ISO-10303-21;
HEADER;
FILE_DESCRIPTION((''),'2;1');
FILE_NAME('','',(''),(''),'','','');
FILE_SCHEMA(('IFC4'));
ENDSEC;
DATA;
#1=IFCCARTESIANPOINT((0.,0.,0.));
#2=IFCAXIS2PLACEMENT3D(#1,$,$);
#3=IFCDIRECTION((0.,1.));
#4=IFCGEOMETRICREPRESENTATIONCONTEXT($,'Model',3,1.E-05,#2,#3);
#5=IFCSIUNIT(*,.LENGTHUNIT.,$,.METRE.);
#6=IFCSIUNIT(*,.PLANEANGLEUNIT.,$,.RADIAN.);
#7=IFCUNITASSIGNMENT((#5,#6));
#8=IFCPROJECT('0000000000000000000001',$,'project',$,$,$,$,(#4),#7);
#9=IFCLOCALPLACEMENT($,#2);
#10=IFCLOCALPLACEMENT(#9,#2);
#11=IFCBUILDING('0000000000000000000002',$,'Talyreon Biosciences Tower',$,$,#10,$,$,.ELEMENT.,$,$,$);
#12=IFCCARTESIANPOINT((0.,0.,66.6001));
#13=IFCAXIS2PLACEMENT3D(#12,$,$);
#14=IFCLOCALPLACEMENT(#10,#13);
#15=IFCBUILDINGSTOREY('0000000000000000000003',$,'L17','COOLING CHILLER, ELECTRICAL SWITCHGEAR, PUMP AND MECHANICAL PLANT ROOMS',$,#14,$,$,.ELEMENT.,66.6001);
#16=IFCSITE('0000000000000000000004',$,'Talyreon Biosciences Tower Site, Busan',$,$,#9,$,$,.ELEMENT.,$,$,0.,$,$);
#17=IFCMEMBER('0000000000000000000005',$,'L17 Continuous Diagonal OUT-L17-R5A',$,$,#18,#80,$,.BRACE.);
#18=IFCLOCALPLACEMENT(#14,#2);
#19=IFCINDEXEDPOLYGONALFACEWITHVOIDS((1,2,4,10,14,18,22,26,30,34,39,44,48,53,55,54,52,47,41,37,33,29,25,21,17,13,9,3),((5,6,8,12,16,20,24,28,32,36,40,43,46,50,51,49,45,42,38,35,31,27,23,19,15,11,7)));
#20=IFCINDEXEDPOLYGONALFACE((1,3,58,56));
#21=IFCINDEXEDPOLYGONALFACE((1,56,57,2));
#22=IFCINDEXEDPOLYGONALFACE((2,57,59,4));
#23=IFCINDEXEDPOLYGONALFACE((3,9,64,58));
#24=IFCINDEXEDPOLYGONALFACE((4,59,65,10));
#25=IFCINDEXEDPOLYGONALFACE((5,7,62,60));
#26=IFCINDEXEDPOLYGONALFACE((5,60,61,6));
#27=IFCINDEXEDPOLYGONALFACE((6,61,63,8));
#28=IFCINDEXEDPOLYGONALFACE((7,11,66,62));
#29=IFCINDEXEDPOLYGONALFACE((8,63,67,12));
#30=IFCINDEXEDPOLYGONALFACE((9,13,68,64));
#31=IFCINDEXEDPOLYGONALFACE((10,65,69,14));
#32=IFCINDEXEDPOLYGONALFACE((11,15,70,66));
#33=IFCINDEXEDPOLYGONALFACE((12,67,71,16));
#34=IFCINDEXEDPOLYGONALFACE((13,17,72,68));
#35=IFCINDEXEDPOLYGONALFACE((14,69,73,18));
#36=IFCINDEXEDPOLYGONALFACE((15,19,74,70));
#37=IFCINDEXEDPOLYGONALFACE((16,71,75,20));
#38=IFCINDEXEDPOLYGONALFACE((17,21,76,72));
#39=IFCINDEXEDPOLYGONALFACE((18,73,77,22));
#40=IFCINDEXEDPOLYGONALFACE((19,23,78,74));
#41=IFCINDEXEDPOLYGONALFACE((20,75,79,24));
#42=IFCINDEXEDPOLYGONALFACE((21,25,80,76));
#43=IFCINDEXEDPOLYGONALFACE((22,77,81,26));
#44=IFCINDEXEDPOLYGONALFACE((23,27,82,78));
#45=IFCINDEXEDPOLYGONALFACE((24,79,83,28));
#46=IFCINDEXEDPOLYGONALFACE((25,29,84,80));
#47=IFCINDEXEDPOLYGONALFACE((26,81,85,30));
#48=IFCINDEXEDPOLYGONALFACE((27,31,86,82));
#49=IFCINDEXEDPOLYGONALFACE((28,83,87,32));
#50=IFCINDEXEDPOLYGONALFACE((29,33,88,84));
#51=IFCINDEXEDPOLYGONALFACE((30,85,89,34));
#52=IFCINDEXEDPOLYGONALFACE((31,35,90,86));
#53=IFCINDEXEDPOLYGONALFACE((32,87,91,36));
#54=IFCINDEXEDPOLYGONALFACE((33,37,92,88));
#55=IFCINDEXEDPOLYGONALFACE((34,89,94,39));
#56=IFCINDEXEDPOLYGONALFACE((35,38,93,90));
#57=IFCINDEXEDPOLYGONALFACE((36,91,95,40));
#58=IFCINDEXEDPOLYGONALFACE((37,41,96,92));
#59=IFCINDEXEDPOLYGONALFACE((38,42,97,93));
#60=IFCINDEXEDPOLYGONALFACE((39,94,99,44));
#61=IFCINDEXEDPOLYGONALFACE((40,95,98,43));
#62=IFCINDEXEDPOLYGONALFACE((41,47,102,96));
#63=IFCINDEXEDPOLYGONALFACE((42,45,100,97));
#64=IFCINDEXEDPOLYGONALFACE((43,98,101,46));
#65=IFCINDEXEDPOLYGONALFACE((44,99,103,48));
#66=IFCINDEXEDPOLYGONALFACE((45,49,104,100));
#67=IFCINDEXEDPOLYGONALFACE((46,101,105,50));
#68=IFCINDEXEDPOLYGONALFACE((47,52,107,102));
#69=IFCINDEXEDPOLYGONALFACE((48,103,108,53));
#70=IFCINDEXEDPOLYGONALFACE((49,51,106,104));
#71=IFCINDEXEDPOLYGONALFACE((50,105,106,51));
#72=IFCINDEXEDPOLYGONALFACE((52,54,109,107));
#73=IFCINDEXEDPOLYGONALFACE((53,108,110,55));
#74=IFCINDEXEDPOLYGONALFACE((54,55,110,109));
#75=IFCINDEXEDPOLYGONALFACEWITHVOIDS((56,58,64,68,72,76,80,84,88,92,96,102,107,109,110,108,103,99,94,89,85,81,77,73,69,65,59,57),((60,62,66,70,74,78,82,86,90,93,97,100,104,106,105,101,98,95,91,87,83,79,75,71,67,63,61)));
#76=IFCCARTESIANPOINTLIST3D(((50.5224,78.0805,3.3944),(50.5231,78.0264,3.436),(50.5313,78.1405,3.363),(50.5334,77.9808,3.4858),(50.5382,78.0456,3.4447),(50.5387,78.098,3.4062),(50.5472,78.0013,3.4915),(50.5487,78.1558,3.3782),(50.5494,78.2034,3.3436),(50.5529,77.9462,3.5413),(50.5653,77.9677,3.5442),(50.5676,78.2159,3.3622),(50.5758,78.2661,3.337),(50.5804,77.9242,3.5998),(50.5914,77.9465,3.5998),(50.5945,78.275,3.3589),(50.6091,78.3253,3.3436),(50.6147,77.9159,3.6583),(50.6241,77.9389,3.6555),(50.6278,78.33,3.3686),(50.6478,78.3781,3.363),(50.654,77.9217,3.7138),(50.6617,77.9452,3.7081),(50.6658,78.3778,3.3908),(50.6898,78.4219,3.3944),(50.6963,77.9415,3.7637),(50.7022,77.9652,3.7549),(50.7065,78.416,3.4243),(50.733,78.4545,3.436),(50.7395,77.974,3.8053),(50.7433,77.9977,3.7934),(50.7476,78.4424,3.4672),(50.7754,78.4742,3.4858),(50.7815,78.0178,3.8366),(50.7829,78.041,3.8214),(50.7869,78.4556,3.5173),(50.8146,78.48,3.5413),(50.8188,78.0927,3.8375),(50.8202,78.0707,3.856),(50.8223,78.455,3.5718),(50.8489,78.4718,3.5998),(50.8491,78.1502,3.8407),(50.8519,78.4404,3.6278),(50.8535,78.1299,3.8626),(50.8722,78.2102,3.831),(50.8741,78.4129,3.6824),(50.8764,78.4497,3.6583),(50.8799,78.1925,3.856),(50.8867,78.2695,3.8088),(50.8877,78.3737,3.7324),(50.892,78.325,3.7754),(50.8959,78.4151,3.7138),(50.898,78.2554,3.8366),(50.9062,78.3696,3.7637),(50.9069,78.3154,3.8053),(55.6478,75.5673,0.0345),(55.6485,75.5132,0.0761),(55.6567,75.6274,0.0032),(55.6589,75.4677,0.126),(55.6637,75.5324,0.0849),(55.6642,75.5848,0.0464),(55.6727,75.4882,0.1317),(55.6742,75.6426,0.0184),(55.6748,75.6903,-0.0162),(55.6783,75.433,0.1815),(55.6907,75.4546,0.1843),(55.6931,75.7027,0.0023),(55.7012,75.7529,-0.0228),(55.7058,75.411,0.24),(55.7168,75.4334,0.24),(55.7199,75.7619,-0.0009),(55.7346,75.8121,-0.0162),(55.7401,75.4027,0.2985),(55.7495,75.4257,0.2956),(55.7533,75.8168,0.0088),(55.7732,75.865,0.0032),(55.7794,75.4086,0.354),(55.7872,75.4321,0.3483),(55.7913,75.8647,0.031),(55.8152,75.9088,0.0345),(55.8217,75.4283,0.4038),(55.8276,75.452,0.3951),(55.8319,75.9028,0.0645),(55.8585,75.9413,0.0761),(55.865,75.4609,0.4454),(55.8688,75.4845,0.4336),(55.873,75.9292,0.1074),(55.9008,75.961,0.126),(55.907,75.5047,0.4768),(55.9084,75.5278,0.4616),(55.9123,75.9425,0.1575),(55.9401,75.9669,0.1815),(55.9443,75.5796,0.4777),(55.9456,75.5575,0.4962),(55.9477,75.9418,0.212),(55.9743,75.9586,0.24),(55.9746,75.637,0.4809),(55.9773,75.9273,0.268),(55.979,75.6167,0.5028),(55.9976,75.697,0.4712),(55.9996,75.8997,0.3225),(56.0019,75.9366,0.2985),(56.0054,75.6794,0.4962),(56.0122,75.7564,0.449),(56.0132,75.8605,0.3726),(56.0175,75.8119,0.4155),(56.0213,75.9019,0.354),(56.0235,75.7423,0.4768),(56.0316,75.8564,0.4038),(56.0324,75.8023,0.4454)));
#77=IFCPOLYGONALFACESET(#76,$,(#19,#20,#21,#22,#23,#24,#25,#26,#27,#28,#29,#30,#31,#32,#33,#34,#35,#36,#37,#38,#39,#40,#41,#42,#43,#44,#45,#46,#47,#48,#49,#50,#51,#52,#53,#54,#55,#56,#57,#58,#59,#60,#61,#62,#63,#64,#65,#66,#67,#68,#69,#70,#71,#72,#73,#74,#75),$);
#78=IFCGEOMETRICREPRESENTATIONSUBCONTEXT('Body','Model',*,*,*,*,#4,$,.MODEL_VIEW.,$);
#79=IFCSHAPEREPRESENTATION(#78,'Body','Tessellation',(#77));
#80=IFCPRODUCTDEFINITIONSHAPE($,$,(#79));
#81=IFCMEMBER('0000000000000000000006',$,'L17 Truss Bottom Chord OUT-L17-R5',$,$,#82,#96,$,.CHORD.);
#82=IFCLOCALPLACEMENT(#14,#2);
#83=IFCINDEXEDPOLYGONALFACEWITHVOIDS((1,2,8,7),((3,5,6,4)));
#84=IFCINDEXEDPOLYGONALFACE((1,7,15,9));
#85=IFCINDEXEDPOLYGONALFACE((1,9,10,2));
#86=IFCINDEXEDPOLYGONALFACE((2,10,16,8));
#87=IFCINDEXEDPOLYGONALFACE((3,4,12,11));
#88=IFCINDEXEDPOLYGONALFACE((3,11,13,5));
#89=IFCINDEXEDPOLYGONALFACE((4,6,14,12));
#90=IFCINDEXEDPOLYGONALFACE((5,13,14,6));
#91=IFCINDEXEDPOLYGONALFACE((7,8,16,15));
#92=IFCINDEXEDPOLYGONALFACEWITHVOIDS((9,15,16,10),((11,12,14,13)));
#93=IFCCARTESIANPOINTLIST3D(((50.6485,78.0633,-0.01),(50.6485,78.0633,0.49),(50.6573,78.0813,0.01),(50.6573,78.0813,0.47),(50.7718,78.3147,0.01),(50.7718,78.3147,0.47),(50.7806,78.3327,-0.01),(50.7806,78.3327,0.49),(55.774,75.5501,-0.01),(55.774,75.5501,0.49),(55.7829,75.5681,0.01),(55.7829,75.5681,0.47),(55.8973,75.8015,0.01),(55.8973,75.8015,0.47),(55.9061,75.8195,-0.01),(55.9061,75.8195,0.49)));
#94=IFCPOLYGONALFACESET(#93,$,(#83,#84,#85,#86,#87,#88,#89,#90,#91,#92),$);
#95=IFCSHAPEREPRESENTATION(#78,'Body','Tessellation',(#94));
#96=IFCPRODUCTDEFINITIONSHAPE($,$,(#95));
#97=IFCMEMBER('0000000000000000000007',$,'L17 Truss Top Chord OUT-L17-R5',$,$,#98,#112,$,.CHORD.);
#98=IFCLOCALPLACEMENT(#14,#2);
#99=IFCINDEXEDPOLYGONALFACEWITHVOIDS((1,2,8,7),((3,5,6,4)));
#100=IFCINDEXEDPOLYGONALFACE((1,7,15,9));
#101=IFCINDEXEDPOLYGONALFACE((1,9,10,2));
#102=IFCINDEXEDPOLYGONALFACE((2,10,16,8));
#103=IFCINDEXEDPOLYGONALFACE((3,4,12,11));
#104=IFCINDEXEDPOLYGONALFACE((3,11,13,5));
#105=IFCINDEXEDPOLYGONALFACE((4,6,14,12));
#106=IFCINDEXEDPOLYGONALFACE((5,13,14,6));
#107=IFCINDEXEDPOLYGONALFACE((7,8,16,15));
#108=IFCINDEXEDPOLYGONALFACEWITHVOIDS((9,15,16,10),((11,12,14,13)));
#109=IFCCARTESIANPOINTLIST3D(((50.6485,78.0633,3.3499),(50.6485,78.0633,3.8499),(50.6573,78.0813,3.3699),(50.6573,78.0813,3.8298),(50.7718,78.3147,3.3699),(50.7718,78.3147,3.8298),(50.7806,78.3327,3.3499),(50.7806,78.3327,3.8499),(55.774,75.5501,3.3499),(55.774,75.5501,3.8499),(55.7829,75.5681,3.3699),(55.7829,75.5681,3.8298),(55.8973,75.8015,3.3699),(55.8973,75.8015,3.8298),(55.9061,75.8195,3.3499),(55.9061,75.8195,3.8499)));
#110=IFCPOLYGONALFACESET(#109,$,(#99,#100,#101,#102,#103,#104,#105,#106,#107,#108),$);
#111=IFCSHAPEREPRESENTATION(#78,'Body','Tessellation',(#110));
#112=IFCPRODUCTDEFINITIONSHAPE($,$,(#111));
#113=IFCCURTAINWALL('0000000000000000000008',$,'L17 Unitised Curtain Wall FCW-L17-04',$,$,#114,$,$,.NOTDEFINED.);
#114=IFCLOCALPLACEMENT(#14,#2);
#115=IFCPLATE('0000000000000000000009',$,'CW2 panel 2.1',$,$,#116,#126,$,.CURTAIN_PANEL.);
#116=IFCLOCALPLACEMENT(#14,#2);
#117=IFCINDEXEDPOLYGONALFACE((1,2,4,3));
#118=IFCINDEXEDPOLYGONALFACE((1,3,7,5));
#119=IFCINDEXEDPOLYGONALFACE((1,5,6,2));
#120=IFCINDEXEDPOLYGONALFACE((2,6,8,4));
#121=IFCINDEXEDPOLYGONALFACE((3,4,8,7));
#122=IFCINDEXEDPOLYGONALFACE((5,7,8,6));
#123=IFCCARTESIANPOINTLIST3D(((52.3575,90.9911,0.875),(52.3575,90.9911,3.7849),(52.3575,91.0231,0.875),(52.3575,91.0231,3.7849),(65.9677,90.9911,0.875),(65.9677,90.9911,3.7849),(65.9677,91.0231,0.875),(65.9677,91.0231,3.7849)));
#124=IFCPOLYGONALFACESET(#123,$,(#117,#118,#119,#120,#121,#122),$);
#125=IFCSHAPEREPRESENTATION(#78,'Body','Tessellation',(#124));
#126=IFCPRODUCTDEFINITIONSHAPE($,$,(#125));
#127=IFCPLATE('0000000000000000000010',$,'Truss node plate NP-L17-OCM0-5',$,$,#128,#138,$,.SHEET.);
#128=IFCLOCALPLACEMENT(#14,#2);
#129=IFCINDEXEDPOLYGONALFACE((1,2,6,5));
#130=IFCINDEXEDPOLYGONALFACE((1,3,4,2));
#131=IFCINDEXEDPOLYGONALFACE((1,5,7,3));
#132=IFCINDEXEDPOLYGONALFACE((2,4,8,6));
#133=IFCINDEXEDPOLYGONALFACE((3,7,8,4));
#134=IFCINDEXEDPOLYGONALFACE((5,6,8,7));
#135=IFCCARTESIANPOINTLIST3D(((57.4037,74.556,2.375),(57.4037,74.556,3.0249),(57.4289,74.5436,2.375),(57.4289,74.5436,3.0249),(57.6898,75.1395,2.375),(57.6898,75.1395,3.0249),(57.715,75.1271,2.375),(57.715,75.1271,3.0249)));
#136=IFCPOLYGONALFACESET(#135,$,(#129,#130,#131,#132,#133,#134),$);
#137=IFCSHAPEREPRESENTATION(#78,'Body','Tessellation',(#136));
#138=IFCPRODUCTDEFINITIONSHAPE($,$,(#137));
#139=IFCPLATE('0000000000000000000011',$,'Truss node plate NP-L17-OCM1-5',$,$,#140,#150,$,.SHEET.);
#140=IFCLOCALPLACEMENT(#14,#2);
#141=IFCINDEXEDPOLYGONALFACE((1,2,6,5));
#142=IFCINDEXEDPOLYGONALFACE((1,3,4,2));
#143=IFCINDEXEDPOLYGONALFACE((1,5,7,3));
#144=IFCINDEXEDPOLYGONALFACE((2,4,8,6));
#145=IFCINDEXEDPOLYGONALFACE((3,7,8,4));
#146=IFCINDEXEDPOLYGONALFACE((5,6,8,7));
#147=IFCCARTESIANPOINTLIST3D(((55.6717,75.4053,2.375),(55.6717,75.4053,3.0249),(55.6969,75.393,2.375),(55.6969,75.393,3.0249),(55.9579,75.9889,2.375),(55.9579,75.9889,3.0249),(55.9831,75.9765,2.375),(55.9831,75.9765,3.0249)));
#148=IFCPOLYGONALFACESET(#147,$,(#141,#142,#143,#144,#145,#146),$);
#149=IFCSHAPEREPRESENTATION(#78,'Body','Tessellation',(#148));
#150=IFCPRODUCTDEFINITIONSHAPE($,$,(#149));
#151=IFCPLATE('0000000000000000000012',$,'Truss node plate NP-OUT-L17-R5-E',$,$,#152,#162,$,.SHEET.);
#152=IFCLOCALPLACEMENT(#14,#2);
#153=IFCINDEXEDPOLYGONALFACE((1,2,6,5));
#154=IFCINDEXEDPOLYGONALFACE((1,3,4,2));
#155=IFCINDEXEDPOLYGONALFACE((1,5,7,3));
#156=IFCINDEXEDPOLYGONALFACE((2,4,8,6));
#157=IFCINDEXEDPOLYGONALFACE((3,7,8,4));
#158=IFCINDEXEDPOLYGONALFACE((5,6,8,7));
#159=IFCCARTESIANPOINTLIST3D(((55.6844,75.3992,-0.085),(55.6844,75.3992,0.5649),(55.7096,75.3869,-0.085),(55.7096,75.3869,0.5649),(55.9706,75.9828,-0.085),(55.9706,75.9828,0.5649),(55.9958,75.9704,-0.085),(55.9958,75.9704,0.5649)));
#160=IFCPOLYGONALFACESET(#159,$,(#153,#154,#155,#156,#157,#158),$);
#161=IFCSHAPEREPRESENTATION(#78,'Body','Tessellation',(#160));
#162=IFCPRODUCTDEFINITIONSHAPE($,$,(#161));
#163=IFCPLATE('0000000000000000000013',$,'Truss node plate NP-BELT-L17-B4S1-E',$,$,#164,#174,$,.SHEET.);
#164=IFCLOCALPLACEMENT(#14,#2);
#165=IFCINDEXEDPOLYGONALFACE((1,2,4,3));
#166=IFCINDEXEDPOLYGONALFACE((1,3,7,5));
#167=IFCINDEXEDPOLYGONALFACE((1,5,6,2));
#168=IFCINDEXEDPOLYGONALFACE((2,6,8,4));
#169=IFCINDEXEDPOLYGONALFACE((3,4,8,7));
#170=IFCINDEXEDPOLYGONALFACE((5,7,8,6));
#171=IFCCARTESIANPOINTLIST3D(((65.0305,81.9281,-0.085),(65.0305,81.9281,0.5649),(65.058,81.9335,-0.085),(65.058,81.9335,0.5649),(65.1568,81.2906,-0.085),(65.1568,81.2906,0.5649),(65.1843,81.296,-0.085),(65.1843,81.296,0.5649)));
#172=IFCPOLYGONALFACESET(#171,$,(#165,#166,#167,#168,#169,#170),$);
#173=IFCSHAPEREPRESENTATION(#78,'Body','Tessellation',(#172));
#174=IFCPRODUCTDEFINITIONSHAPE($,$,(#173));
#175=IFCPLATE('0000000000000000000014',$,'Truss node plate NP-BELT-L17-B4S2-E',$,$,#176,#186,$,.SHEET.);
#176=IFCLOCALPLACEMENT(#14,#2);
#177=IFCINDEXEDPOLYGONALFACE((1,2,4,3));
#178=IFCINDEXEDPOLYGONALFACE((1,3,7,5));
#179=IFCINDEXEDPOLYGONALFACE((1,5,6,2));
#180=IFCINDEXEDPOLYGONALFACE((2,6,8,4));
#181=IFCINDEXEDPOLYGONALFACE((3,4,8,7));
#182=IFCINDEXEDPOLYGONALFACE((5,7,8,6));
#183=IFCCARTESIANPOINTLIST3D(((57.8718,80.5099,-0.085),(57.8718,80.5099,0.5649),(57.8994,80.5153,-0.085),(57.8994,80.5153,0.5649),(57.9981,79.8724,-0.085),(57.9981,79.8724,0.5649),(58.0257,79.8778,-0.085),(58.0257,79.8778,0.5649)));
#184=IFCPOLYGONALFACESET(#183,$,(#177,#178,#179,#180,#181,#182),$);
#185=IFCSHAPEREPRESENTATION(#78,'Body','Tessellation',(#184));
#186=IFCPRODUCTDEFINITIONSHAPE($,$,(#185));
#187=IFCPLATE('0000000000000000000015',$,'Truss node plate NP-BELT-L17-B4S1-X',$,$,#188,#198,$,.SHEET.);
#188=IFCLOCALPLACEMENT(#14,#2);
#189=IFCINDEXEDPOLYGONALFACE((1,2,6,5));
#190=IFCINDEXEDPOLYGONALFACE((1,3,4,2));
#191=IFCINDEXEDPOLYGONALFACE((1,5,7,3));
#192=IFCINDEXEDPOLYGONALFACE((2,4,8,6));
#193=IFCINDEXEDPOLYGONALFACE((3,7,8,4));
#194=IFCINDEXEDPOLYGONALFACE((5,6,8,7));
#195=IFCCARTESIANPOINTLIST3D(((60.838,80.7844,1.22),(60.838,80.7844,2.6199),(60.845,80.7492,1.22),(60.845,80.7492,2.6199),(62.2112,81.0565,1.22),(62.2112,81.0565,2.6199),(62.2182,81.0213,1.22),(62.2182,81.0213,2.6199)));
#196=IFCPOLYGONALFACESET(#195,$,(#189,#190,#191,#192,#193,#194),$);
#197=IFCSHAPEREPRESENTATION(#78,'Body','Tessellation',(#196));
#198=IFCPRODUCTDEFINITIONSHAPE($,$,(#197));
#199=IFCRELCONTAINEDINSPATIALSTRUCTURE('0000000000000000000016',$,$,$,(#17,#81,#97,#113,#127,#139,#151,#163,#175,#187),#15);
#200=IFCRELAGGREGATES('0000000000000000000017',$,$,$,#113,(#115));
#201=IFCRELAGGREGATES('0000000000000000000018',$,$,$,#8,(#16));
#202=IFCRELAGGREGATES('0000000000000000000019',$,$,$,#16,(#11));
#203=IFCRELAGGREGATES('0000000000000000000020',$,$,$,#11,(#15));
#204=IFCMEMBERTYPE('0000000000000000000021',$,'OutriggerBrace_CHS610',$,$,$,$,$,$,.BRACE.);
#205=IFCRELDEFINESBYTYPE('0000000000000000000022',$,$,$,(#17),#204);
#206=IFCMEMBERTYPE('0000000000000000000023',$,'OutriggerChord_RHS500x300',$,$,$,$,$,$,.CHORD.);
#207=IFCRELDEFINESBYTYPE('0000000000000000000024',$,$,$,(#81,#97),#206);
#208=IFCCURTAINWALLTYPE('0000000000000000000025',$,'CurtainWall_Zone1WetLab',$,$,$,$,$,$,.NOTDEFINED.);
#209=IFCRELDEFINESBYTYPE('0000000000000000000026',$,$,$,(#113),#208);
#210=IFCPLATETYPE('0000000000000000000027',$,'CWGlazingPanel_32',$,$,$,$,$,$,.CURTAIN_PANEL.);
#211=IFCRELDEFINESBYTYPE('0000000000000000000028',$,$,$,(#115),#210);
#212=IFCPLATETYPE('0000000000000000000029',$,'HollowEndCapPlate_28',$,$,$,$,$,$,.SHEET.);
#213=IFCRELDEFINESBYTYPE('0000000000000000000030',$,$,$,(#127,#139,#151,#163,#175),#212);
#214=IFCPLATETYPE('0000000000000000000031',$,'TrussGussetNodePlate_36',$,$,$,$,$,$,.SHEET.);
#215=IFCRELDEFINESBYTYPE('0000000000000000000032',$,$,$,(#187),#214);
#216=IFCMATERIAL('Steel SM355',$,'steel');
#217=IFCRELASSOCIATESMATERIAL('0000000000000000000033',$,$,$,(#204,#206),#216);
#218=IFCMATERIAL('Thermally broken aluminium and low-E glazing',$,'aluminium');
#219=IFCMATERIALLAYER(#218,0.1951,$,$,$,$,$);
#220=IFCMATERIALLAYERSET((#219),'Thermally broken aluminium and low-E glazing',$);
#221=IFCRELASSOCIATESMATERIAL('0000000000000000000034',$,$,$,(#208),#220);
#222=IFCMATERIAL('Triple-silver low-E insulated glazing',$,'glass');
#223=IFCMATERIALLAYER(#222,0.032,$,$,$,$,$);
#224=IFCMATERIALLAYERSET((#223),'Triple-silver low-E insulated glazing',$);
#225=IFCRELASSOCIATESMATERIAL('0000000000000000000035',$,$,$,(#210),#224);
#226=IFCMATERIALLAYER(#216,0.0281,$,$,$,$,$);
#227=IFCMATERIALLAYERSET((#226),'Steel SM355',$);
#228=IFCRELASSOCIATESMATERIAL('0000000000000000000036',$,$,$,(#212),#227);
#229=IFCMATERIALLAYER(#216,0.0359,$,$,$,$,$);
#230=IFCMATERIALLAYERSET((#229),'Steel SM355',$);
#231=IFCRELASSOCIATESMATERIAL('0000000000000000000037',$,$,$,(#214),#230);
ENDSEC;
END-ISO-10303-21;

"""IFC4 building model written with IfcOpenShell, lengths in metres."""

from ifc_helpers import new_model, si_unit, direction, frame, origin, origin_2d, place, context, subcontext, project, spatial, rectangle, hollow_rectangle, hollow_circle, extrude, material, layer, layer_set, material_profile, profile_set, type_object, element, aggregate, save


model = new_model("IFC4")

# Units and contexts
model_context = context("Model", 3, precision=1e-05, world=origin(), true_north=direction((0.0, 1.0)))
body_context = subcontext(model_context, "Body", "Model", "MODEL_VIEW")
ifc_project = project(units=[si_unit("LENGTHUNIT", "METRE"), si_unit("PLANEANGLEUNIT", "RADIAN")], contexts=[model_context])

# Site, building, storey
site_placement = place(None, origin())
site = spatial("IfcSite", under=ifc_project, at=site_placement, Name="Talyreon Biosciences Tower Site, Busan", CompositionType="ELEMENT", RefElevation=0.0)
building_placement = place(site_placement, origin())
building = spatial("IfcBuilding", under=site, at=building_placement, Name="Talyreon Biosciences Tower", CompositionType="ELEMENT")
storey_placement = place(building_placement, frame((0.0, 0.0, 66.6001)))
storey = spatial("IfcBuildingStorey", under=building, at=storey_placement, Name="L17", Description="COOLING CHILLER, ELECTRICAL SWITCHGEAR, PUMP AND MECHANICAL PLANT ROOMS", CompositionType="ELEMENT", Elevation=66.6001)

# Members
ifc_material_1 = material(Name="Steel SM355", Category="steel")
ifc_material_profile_1 = material_profile(ifc_material_1, hollow_circle(Radius=0.3049, WallThickness=0.0249, at=origin_2d()), Name="CHS 610x25")
ifc_profile_set_1 = profile_set([ifc_material_profile_1], Name="Steel SM355")
member_type_1 = type_object("IfcMemberType", Name="OutriggerBrace_CHS610", PredefinedType="BRACE", material=ifc_profile_set_1)
member_1_placement = place(storey_placement, frame((55.8401, 75.6848, 0.24), z_axis=(-0.773793, 0.379414, 0.507237), x_axis=(-0.440255, -0.897873, 0.0)))
element("IfcMember", 1, at=member_1_placement, inside=storey, type_object=member_type_1, Name="L17 Continuous Diagonal OUT-L17-R5A", PredefinedType="BRACE", context=body_context, shape_type="SweptSolid", body=[
    extrude(hollow_circle(Radius=0.3049, WallThickness=0.0249, at=origin_2d()), origin(), (0.0, 0.0, 1.0), 6.6238),
])
ifc_material_profile_2 = material_profile(ifc_material_1, hollow_rectangle(XDim=0.3, YDim=0.5, WallThickness=0.02, at=origin_2d()), Name="RHS 500x300x20")
ifc_profile_set_2 = profile_set([ifc_material_profile_2], Name="Steel SM355")
member_type_2 = type_object("IfcMemberType", Name="OutriggerChord_RHS500x300", PredefinedType="CHORD", material=ifc_profile_set_2)
for number, where, z_axis, x_axis, name in (
    (2, (55.8401, 75.6848, 0.24), (-0.897873, 0.440255, 0.0), (-0.440255, -0.897873, 0.0), "L17 Truss Bottom Chord OUT-L17-R5"),
    (3, (55.8401, 75.6848, 3.5999), (-0.897873, 0.440255, 0.0), (-0.440255, -0.897873, 0.0), "L17 Truss Top Chord OUT-L17-R5"),
):
    element("IfcMember", number, at=place(storey_placement, frame(where, z_axis=z_axis, x_axis=x_axis)), inside=storey, type_object=member_type_2, Name=name, PredefinedType="CHORD", context=body_context, shape_type="SweptSolid", body=[
        extrude(hollow_rectangle(XDim=0.3, YDim=0.5, WallThickness=0.02, at=origin_2d()), origin(), (0.0, 0.0, 1.0), 5.7085),
    ])

# Curtain wall, plate
ifc_material_2 = material(Name="Thermally broken aluminium and low-E glazing", Category="aluminium")
ifc_layer_1 = layer(ifc_material_2, 0.1951)
ifc_layer_set_1 = layer_set([ifc_layer_1], Name="Thermally broken aluminium and low-E glazing")
curtain_wall_type = type_object("IfcCurtainWallType", Name="CurtainWall_Zone1WetLab", PredefinedType="NOTDEFINED", material=ifc_layer_set_1)
curtain_wall_placement = place(storey_placement, origin())
curtain_wall = element("IfcCurtainWall", 4, at=curtain_wall_placement, inside=storey, type_object=curtain_wall_type, Name="L17 Unitised Curtain Wall FCW-L17-04", PredefinedType="NOTDEFINED")
ifc_material_3 = material(Name="Triple-silver low-E insulated glazing", Category="glass")
ifc_layer_2 = layer(ifc_material_3, 0.032)
ifc_layer_set_2 = layer_set([ifc_layer_2], Name="Triple-silver low-E insulated glazing")
plate_type_1 = type_object("IfcPlateType", Name="CWGlazingPanel_32", PredefinedType="CURTAIN_PANEL", material=ifc_layer_set_2)
plate_1_placement = place(storey_placement, frame((59.1626, 91.0071, 0.875), z_axis=(0.0, 0.0, 1.0), x_axis=(1.0, 0.0, 0.0)))
plate_1 = element("IfcPlate", 5, at=plate_1_placement, type_object=plate_type_1, Name="CW2 panel 2.1", PredefinedType="CURTAIN_PANEL", context=body_context, shape_type="SweptSolid", body=[
    extrude(rectangle(XDim=13.6101, YDim=0.032, at=origin_2d()), origin(), (0.0, 0.0, 1.0), 2.9099),
])
aggregate(curtain_wall, [plate_1])

# Plates
ifc_layer_3 = layer(ifc_material_1, 0.0281)
ifc_layer_set_3 = layer_set([ifc_layer_3], Name="Steel SM355")
plate_type_2 = type_object("IfcPlateType", Name="HollowEndCapPlate_28", PredefinedType="SHEET", material=ifc_layer_set_3)
for number, where, z_axis, x_axis, name in (
    (6, (57.5593, 74.8416, 2.375), (0.0, 0.0, 1.0), (-0.440284, -0.897859, 0.0), "Truss node plate NP-L17-OCM0-5"),
    (7, (55.8274, 75.6909, 2.375), (0.0, 0.0, 1.0), (-0.440284, -0.897859, 0.0), "Truss node plate NP-L17-OCM1-5"),
    (8, (55.8401, 75.6848, -0.085), (0.0, 0.0, 1.0), (-0.440284, -0.897859, 0.0), "Truss node plate NP-OUT-L17-R5-E"),
    (9, (65.1074, 81.6121, -0.085), (0.0, 0.0, 1.0), (0.194337, -0.980935, 0.0), "Truss node plate NP-BELT-L17-B4S1-E"),
    (10, (57.9487, 80.1938, -0.085), (0.0, 0.0, 1.0), (0.194337, -0.980935, 0.0), "Truss node plate NP-BELT-L17-B4S2-E"),
):
    element("IfcPlate", number, at=place(storey_placement, frame(where, z_axis=z_axis, x_axis=x_axis)), inside=storey, type_object=plate_type_2, Name=name, PredefinedType="SHEET", context=body_context, shape_type="SweptSolid", body=[
        extrude(rectangle(XDim=0.6499, YDim=0.0281, at=origin_2d()), origin(), (0.0, 0.0, 1.0), 0.6499),
    ])
ifc_layer_4 = layer(ifc_material_1, 0.0359)
ifc_layer_set_4 = layer_set([ifc_layer_4], Name="Steel SM355")
plate_type_3 = type_object("IfcPlateType", Name="TrussGussetNodePlate_36", PredefinedType="SHEET", material=ifc_layer_set_4)
plate_2_placement = place(storey_placement, frame((61.5281, 80.9028, 1.22), z_axis=(0.0, 0.0, 1.0), x_axis=(-0.980935, -0.194337, 0.0)))
element("IfcPlate", 11, at=plate_2_placement, inside=storey, type_object=plate_type_3, Name="Truss node plate NP-BELT-L17-B4S1-X", PredefinedType="SHEET", context=body_context, shape_type="SweptSolid", body=[
    extrude(rectangle(XDim=1.3999, YDim=0.0359, at=origin_2d()), origin(), (0.0, 0.0, 1.0), 1.3999),
])

save(model, "model.ifc")
